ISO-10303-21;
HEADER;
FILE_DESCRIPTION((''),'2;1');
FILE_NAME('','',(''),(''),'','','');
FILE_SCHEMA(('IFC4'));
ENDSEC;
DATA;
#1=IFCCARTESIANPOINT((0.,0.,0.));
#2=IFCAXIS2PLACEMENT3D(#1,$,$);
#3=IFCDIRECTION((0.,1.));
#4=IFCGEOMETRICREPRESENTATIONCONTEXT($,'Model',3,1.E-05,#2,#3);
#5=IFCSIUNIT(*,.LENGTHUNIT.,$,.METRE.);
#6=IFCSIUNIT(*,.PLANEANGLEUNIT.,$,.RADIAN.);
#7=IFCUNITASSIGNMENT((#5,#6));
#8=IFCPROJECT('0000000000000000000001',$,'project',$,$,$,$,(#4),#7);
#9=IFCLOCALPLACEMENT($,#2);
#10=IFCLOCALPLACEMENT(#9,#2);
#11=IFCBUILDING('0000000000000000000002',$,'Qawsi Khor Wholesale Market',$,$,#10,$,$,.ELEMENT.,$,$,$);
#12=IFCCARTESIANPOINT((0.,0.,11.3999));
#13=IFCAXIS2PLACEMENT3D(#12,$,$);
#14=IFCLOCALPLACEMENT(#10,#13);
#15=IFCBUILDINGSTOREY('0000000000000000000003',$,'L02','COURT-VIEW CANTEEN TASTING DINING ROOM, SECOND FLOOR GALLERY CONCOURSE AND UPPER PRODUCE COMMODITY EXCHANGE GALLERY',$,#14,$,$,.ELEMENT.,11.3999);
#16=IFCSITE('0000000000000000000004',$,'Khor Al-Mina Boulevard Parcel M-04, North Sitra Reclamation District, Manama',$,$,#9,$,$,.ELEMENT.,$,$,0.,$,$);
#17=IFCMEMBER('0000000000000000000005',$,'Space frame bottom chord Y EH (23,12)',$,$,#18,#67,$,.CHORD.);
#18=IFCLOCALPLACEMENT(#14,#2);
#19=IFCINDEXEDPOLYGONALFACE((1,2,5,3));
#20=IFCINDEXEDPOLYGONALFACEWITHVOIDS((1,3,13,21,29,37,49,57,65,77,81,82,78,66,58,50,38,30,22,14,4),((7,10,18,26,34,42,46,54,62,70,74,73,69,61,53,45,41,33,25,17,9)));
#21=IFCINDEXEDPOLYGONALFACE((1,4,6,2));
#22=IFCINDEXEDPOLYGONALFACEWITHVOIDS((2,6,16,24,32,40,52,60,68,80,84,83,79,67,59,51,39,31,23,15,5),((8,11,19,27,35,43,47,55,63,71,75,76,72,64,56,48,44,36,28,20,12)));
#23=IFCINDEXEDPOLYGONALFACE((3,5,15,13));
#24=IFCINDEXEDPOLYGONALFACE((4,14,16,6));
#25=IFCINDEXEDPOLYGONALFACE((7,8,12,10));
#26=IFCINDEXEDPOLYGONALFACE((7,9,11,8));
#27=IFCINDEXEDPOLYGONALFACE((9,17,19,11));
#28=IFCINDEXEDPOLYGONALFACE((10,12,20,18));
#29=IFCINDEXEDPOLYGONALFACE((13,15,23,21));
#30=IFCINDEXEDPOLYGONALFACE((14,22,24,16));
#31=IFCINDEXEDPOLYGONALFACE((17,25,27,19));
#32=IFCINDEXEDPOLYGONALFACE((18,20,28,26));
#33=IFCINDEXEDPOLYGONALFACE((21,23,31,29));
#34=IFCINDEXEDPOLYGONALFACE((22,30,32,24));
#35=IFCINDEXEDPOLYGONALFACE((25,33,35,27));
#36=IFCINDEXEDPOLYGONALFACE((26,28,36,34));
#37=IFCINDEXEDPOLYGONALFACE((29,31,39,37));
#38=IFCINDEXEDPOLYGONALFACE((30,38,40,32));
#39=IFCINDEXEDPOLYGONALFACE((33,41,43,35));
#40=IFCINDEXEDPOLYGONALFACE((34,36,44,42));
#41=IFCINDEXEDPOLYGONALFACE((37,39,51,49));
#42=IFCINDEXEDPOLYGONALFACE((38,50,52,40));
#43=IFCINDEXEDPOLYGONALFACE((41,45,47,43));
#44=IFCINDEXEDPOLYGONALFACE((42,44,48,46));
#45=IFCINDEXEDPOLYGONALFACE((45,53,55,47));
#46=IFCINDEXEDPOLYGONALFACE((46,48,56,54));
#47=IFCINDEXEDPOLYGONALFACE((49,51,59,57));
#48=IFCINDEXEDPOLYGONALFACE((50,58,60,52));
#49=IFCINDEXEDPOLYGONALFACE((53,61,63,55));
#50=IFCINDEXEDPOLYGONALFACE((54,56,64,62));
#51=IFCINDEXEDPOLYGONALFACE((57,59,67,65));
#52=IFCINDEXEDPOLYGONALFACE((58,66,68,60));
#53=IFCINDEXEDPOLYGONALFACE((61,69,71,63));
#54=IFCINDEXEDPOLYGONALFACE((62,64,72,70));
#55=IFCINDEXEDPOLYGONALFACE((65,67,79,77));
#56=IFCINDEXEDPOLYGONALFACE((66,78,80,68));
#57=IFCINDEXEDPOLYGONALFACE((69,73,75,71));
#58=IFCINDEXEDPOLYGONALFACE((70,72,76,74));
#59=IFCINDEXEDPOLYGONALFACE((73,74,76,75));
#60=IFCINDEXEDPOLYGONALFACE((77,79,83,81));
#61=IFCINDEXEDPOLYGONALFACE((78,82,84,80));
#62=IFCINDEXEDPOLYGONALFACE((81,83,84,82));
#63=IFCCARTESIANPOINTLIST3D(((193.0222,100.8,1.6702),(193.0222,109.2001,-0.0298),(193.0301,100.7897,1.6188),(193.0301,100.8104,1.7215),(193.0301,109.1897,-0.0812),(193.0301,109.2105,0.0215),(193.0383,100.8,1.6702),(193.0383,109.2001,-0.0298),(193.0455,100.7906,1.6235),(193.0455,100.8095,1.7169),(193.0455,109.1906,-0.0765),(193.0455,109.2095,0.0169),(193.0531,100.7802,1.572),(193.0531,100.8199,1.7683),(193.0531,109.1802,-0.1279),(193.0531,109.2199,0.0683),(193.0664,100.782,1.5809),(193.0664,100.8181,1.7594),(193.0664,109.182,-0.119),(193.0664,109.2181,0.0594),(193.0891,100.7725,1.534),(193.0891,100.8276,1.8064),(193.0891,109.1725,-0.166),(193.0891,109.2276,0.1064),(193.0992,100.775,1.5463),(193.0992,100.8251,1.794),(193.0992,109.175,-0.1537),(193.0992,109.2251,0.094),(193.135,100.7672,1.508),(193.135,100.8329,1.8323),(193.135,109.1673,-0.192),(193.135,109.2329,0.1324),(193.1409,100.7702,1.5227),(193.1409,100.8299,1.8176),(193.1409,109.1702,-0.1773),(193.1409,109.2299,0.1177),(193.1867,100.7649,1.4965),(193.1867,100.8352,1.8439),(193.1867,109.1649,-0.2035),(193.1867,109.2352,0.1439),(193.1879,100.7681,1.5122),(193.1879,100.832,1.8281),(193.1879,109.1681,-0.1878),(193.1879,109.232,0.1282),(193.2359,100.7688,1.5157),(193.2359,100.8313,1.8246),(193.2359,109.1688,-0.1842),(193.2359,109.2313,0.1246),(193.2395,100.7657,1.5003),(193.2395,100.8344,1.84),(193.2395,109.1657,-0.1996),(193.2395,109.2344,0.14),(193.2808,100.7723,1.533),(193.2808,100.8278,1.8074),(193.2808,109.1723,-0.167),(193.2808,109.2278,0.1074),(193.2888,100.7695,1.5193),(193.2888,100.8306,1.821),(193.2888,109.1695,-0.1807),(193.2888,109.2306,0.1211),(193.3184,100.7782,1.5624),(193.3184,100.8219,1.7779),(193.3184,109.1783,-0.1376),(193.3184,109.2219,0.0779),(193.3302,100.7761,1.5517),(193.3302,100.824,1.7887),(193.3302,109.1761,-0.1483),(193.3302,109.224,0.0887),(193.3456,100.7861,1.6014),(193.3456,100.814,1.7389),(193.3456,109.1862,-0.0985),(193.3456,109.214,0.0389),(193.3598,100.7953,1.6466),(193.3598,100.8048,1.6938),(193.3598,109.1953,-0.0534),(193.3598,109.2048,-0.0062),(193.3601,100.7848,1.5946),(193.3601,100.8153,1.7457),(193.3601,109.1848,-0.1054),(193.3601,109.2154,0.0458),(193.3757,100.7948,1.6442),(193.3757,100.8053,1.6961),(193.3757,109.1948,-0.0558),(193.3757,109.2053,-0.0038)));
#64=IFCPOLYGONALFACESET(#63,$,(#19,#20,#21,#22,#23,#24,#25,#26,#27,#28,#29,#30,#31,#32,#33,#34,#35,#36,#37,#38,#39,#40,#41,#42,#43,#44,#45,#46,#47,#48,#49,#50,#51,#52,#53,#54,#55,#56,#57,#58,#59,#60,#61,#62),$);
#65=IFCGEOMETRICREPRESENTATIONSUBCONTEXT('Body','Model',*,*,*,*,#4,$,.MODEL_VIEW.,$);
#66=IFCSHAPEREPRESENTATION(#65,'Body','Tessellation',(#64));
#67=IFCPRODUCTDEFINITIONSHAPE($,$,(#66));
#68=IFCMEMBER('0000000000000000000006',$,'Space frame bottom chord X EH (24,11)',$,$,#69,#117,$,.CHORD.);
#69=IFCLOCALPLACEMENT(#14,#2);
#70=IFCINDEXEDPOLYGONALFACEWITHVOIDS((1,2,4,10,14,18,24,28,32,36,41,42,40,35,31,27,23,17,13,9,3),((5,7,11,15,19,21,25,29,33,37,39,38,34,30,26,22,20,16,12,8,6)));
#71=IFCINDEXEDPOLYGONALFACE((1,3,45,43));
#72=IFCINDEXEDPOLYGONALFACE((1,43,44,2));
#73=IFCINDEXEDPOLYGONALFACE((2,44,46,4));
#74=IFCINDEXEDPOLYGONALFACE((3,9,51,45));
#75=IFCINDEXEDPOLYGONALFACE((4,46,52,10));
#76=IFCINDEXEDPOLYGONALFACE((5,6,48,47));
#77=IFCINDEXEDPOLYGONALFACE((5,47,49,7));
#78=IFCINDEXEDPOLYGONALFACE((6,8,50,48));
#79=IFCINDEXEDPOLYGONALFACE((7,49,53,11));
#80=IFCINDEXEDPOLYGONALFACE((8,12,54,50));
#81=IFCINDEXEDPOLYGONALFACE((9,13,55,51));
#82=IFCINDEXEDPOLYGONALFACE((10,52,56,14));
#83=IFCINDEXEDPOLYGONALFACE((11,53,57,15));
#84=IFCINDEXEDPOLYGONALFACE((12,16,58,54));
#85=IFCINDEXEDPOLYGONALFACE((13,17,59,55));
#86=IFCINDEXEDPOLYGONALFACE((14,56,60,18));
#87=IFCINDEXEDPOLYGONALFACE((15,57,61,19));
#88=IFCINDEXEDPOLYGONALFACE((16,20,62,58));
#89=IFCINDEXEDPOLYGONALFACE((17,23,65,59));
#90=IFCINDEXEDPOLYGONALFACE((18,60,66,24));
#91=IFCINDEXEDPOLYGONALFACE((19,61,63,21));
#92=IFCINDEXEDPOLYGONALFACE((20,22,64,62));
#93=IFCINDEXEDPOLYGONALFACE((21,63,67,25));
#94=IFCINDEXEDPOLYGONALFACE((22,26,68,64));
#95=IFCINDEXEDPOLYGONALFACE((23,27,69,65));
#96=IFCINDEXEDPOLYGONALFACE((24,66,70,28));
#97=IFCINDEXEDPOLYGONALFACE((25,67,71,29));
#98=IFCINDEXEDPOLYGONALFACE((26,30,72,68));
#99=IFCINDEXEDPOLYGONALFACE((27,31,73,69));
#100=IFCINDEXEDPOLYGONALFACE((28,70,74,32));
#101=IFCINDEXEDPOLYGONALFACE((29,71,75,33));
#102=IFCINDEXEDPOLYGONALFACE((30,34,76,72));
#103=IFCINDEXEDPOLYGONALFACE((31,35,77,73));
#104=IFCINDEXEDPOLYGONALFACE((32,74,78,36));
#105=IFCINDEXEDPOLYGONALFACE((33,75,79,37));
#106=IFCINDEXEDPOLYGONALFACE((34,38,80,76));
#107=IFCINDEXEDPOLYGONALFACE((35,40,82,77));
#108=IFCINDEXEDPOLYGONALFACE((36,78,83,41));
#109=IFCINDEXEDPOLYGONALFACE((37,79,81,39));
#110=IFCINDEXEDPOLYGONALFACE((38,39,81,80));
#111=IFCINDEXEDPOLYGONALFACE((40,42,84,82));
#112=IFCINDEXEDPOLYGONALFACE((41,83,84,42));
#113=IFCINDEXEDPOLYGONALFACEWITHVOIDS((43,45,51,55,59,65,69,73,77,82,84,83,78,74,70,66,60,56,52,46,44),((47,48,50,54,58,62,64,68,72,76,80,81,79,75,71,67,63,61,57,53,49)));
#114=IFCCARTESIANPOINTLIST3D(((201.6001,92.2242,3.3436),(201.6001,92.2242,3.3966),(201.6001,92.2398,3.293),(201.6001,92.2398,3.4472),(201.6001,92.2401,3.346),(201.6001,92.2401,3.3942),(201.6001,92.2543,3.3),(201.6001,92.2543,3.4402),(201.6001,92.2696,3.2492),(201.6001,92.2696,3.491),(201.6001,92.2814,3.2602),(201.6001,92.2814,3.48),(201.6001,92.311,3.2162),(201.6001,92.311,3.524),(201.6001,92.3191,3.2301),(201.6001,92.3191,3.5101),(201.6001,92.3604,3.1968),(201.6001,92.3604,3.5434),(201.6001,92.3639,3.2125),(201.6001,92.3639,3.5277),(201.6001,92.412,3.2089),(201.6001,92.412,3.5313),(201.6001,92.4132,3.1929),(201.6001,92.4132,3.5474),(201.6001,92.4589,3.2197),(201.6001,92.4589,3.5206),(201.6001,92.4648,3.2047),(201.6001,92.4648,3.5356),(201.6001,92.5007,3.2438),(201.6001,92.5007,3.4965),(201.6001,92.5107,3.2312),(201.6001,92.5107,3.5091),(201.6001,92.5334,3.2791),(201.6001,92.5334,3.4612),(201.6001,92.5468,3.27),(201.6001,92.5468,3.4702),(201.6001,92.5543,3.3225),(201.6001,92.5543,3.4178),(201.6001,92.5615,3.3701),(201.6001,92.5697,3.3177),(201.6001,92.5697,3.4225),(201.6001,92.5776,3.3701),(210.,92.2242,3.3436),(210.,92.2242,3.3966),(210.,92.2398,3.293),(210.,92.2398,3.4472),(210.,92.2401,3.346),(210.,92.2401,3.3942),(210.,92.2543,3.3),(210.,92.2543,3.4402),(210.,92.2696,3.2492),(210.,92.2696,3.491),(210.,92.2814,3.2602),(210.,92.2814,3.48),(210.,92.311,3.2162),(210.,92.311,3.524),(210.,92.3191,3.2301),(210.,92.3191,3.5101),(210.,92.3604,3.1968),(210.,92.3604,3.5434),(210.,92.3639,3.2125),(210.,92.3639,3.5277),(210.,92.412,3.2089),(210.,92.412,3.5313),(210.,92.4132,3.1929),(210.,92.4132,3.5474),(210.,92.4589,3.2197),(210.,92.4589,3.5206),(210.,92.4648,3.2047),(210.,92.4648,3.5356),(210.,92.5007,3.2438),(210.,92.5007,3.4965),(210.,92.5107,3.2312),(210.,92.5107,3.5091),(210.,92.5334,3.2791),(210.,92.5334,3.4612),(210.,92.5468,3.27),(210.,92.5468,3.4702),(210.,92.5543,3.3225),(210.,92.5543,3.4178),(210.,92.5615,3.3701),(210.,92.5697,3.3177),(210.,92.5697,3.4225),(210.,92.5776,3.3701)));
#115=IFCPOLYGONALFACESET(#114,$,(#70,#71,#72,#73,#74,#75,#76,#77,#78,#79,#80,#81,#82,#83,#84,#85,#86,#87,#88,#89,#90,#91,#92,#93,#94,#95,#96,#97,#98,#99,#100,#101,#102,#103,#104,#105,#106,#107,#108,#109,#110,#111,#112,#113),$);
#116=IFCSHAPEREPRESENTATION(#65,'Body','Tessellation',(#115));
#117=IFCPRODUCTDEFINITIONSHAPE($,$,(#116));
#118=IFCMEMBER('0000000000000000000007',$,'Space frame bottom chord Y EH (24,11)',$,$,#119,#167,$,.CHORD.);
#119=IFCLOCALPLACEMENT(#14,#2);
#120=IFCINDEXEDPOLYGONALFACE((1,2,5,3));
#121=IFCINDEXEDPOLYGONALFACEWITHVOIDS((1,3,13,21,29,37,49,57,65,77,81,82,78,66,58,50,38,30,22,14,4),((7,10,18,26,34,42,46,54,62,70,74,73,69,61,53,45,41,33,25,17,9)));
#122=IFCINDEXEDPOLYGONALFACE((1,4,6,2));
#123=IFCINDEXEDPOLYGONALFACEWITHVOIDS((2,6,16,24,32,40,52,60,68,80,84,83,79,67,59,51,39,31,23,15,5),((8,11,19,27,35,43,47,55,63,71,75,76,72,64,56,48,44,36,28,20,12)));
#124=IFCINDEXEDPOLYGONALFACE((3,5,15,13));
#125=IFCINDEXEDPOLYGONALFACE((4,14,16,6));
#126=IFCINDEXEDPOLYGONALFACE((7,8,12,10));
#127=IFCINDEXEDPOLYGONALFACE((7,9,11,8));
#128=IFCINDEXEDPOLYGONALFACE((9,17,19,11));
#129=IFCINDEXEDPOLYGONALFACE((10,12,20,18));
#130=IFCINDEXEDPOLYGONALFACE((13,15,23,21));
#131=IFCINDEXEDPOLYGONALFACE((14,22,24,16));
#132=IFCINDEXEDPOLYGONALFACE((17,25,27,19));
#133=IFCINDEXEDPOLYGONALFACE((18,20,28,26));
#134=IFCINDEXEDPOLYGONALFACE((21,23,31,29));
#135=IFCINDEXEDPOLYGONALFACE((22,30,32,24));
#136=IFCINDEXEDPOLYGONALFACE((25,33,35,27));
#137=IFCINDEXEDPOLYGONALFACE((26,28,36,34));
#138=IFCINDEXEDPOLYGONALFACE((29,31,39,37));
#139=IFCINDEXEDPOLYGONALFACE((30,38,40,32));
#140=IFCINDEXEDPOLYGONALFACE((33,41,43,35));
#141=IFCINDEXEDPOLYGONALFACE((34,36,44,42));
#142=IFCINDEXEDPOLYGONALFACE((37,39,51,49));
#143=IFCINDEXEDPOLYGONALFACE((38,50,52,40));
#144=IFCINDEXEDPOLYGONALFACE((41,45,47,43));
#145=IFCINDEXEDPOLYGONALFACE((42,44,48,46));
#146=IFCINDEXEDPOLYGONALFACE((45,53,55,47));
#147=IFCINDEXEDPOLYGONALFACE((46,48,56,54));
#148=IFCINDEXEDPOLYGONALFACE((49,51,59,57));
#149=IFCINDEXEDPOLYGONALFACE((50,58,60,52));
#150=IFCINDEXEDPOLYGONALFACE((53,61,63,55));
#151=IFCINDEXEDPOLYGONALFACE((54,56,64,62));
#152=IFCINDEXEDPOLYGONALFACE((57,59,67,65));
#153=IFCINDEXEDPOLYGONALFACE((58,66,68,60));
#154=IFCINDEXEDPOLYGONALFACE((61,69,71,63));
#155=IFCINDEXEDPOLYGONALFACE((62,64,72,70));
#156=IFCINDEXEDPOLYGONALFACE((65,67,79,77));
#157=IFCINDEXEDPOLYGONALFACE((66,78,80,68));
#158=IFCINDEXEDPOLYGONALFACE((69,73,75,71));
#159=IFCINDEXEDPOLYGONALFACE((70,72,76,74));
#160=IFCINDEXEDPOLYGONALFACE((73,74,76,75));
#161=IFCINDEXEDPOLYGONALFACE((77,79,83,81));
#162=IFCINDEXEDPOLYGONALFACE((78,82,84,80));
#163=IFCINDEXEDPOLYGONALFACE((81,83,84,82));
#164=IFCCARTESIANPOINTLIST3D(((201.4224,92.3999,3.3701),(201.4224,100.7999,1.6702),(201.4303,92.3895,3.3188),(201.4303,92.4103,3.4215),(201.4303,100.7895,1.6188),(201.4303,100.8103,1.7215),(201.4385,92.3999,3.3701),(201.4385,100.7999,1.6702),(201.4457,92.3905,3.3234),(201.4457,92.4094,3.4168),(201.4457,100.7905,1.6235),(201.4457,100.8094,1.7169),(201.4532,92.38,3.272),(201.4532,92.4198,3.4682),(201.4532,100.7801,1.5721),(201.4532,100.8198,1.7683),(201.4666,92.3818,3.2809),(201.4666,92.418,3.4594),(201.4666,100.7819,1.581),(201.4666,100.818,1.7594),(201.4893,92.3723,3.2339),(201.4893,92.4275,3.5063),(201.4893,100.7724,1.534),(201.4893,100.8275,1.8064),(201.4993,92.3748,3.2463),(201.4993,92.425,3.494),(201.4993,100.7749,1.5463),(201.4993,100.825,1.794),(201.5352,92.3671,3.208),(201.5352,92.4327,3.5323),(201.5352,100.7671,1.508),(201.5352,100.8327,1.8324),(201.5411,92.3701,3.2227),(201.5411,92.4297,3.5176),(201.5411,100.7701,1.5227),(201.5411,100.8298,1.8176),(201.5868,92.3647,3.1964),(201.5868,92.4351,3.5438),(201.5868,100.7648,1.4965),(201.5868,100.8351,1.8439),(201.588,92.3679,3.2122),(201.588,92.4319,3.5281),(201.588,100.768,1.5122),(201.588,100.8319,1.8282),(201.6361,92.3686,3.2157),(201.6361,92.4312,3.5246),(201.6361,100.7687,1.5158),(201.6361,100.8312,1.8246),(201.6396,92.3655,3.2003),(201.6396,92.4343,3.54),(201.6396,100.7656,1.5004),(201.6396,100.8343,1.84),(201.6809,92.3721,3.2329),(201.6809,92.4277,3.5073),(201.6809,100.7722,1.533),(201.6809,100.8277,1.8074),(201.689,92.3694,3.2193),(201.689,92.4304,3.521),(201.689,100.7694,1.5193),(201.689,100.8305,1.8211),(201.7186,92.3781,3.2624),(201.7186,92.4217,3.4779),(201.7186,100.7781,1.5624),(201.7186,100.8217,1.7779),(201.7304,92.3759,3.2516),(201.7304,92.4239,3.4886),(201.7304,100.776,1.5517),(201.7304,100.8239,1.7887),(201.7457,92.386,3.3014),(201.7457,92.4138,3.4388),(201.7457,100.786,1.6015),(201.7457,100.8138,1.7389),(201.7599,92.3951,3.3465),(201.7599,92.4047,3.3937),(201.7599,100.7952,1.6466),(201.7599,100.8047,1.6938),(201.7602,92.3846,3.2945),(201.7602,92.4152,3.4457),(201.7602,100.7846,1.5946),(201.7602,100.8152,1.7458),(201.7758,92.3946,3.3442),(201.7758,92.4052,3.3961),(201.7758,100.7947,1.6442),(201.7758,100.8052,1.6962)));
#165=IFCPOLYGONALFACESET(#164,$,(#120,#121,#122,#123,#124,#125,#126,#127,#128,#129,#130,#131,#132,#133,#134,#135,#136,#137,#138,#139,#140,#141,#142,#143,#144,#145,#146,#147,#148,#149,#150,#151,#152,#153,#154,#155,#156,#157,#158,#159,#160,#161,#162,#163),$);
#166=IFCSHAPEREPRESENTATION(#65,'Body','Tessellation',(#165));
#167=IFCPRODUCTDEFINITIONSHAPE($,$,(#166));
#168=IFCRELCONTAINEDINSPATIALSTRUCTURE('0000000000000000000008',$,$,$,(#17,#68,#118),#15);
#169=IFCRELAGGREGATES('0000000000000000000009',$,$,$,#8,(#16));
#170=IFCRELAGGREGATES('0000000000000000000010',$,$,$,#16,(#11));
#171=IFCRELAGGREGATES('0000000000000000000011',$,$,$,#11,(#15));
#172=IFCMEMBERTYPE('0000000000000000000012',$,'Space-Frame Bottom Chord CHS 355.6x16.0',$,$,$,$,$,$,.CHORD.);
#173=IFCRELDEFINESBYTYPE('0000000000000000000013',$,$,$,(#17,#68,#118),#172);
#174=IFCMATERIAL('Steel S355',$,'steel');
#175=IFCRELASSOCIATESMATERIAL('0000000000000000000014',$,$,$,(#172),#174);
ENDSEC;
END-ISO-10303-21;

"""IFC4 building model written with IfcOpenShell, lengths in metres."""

from ifc_helpers import new_model, si_unit, direction, frame, origin, origin_2d, place, context, subcontext, project, spatial, hollow_circle, extrude, material, material_profile, profile_set, type_object, element, save


model = new_model("IFC4")

# Units and contexts
model_context = context("Model", 3, precision=1e-05, world=origin(), true_north=direction((0.0, 1.0)))
body_context = subcontext(model_context, "Body", "Model", "MODEL_VIEW")
ifc_project = project(units=[si_unit("LENGTHUNIT", "METRE"), si_unit("PLANEANGLEUNIT", "RADIAN")], contexts=[model_context])

# Site, building, storey
site_placement = place(None, origin())
site = spatial("IfcSite", under=ifc_project, at=site_placement, Name="Khor Al-Mina Boulevard Parcel M-04, North Sitra Reclamation District, Manama", CompositionType="ELEMENT", RefElevation=0.0)
building_placement = place(site_placement, origin())
building = spatial("IfcBuilding", under=site, at=building_placement, Name="Qawsi Khor Wholesale Market", CompositionType="ELEMENT")
storey_placement = place(building_placement, frame((0.0, 0.0, 11.3999)))
storey = spatial("IfcBuildingStorey", under=building, at=storey_placement, Name="L02", Description="COURT-VIEW CANTEEN TASTING DINING ROOM, SECOND FLOOR GALLERY CONCOURSE AND UPPER PRODUCE COMMODITY EXCHANGE GALLERY", CompositionType="ELEMENT", Elevation=11.3999)

# Members
ifc_material_1 = material(Name="Steel S355", Category="steel")
ifc_material_profile_1 = material_profile(ifc_material_1, hollow_circle(Radius=0.1777, WallThickness=0.0161, at=origin_2d()), Name="CHS 355.6x16.0")
ifc_profile_set_1 = profile_set([ifc_material_profile_1], Name="Steel S355")
member_type_1 = type_object("IfcMemberType", Name="Space-Frame Bottom Chord CHS 355.6x16.0", PredefinedType="CHORD", material=ifc_profile_set_1)
member_1_placement = place(storey_placement, frame((193.2, 100.8, 1.6702), z_axis=(0.0, 0.98013, -0.198356), x_axis=(-1.0, 0.0, 0.0)))
element("IfcMember", 1, at=member_1_placement, inside=storey, type_object=member_type_1, Name="Space frame bottom chord Y EH (23,12)", PredefinedType="CHORD", context=body_context, shape_type="SweptSolid", body=[
    extrude(hollow_circle(Radius=0.1777, WallThickness=0.0161, at=origin_2d()), origin(), (0.0, 0.0, 1.0), 8.5703),
])
member_2_placement = place(storey_placement, frame((201.6001, 92.3999, 3.3701), z_axis=(1.0, 0.0, 0.0), x_axis=(0.0, 1.0, 0.0)))
element("IfcMember", 2, at=member_2_placement, inside=storey, type_object=member_type_1, Name="Space frame bottom chord X EH (24,11)", PredefinedType="CHORD", context=body_context, shape_type="SweptSolid", body=[
    extrude(hollow_circle(Radius=0.1777, WallThickness=0.0161, at=origin_2d()), origin(), (0.0, 0.0, 1.0), 8.3999),
])
member_3_placement = place(storey_placement, frame((201.6001, 92.3999, 3.3701), z_axis=(0.0, 0.980131, -0.198351), x_axis=(-1.0, 0.0, 0.0)))
element("IfcMember", 3, at=member_3_placement, inside=storey, type_object=member_type_1, Name="Space frame bottom chord Y EH (24,11)", PredefinedType="CHORD", context=body_context, shape_type="SweptSolid", body=[
    extrude(hollow_circle(Radius=0.1777, WallThickness=0.0161, at=origin_2d()), origin(), (0.0, 0.0, 1.0), 8.5703),
])

save(model, "model.ifc")
